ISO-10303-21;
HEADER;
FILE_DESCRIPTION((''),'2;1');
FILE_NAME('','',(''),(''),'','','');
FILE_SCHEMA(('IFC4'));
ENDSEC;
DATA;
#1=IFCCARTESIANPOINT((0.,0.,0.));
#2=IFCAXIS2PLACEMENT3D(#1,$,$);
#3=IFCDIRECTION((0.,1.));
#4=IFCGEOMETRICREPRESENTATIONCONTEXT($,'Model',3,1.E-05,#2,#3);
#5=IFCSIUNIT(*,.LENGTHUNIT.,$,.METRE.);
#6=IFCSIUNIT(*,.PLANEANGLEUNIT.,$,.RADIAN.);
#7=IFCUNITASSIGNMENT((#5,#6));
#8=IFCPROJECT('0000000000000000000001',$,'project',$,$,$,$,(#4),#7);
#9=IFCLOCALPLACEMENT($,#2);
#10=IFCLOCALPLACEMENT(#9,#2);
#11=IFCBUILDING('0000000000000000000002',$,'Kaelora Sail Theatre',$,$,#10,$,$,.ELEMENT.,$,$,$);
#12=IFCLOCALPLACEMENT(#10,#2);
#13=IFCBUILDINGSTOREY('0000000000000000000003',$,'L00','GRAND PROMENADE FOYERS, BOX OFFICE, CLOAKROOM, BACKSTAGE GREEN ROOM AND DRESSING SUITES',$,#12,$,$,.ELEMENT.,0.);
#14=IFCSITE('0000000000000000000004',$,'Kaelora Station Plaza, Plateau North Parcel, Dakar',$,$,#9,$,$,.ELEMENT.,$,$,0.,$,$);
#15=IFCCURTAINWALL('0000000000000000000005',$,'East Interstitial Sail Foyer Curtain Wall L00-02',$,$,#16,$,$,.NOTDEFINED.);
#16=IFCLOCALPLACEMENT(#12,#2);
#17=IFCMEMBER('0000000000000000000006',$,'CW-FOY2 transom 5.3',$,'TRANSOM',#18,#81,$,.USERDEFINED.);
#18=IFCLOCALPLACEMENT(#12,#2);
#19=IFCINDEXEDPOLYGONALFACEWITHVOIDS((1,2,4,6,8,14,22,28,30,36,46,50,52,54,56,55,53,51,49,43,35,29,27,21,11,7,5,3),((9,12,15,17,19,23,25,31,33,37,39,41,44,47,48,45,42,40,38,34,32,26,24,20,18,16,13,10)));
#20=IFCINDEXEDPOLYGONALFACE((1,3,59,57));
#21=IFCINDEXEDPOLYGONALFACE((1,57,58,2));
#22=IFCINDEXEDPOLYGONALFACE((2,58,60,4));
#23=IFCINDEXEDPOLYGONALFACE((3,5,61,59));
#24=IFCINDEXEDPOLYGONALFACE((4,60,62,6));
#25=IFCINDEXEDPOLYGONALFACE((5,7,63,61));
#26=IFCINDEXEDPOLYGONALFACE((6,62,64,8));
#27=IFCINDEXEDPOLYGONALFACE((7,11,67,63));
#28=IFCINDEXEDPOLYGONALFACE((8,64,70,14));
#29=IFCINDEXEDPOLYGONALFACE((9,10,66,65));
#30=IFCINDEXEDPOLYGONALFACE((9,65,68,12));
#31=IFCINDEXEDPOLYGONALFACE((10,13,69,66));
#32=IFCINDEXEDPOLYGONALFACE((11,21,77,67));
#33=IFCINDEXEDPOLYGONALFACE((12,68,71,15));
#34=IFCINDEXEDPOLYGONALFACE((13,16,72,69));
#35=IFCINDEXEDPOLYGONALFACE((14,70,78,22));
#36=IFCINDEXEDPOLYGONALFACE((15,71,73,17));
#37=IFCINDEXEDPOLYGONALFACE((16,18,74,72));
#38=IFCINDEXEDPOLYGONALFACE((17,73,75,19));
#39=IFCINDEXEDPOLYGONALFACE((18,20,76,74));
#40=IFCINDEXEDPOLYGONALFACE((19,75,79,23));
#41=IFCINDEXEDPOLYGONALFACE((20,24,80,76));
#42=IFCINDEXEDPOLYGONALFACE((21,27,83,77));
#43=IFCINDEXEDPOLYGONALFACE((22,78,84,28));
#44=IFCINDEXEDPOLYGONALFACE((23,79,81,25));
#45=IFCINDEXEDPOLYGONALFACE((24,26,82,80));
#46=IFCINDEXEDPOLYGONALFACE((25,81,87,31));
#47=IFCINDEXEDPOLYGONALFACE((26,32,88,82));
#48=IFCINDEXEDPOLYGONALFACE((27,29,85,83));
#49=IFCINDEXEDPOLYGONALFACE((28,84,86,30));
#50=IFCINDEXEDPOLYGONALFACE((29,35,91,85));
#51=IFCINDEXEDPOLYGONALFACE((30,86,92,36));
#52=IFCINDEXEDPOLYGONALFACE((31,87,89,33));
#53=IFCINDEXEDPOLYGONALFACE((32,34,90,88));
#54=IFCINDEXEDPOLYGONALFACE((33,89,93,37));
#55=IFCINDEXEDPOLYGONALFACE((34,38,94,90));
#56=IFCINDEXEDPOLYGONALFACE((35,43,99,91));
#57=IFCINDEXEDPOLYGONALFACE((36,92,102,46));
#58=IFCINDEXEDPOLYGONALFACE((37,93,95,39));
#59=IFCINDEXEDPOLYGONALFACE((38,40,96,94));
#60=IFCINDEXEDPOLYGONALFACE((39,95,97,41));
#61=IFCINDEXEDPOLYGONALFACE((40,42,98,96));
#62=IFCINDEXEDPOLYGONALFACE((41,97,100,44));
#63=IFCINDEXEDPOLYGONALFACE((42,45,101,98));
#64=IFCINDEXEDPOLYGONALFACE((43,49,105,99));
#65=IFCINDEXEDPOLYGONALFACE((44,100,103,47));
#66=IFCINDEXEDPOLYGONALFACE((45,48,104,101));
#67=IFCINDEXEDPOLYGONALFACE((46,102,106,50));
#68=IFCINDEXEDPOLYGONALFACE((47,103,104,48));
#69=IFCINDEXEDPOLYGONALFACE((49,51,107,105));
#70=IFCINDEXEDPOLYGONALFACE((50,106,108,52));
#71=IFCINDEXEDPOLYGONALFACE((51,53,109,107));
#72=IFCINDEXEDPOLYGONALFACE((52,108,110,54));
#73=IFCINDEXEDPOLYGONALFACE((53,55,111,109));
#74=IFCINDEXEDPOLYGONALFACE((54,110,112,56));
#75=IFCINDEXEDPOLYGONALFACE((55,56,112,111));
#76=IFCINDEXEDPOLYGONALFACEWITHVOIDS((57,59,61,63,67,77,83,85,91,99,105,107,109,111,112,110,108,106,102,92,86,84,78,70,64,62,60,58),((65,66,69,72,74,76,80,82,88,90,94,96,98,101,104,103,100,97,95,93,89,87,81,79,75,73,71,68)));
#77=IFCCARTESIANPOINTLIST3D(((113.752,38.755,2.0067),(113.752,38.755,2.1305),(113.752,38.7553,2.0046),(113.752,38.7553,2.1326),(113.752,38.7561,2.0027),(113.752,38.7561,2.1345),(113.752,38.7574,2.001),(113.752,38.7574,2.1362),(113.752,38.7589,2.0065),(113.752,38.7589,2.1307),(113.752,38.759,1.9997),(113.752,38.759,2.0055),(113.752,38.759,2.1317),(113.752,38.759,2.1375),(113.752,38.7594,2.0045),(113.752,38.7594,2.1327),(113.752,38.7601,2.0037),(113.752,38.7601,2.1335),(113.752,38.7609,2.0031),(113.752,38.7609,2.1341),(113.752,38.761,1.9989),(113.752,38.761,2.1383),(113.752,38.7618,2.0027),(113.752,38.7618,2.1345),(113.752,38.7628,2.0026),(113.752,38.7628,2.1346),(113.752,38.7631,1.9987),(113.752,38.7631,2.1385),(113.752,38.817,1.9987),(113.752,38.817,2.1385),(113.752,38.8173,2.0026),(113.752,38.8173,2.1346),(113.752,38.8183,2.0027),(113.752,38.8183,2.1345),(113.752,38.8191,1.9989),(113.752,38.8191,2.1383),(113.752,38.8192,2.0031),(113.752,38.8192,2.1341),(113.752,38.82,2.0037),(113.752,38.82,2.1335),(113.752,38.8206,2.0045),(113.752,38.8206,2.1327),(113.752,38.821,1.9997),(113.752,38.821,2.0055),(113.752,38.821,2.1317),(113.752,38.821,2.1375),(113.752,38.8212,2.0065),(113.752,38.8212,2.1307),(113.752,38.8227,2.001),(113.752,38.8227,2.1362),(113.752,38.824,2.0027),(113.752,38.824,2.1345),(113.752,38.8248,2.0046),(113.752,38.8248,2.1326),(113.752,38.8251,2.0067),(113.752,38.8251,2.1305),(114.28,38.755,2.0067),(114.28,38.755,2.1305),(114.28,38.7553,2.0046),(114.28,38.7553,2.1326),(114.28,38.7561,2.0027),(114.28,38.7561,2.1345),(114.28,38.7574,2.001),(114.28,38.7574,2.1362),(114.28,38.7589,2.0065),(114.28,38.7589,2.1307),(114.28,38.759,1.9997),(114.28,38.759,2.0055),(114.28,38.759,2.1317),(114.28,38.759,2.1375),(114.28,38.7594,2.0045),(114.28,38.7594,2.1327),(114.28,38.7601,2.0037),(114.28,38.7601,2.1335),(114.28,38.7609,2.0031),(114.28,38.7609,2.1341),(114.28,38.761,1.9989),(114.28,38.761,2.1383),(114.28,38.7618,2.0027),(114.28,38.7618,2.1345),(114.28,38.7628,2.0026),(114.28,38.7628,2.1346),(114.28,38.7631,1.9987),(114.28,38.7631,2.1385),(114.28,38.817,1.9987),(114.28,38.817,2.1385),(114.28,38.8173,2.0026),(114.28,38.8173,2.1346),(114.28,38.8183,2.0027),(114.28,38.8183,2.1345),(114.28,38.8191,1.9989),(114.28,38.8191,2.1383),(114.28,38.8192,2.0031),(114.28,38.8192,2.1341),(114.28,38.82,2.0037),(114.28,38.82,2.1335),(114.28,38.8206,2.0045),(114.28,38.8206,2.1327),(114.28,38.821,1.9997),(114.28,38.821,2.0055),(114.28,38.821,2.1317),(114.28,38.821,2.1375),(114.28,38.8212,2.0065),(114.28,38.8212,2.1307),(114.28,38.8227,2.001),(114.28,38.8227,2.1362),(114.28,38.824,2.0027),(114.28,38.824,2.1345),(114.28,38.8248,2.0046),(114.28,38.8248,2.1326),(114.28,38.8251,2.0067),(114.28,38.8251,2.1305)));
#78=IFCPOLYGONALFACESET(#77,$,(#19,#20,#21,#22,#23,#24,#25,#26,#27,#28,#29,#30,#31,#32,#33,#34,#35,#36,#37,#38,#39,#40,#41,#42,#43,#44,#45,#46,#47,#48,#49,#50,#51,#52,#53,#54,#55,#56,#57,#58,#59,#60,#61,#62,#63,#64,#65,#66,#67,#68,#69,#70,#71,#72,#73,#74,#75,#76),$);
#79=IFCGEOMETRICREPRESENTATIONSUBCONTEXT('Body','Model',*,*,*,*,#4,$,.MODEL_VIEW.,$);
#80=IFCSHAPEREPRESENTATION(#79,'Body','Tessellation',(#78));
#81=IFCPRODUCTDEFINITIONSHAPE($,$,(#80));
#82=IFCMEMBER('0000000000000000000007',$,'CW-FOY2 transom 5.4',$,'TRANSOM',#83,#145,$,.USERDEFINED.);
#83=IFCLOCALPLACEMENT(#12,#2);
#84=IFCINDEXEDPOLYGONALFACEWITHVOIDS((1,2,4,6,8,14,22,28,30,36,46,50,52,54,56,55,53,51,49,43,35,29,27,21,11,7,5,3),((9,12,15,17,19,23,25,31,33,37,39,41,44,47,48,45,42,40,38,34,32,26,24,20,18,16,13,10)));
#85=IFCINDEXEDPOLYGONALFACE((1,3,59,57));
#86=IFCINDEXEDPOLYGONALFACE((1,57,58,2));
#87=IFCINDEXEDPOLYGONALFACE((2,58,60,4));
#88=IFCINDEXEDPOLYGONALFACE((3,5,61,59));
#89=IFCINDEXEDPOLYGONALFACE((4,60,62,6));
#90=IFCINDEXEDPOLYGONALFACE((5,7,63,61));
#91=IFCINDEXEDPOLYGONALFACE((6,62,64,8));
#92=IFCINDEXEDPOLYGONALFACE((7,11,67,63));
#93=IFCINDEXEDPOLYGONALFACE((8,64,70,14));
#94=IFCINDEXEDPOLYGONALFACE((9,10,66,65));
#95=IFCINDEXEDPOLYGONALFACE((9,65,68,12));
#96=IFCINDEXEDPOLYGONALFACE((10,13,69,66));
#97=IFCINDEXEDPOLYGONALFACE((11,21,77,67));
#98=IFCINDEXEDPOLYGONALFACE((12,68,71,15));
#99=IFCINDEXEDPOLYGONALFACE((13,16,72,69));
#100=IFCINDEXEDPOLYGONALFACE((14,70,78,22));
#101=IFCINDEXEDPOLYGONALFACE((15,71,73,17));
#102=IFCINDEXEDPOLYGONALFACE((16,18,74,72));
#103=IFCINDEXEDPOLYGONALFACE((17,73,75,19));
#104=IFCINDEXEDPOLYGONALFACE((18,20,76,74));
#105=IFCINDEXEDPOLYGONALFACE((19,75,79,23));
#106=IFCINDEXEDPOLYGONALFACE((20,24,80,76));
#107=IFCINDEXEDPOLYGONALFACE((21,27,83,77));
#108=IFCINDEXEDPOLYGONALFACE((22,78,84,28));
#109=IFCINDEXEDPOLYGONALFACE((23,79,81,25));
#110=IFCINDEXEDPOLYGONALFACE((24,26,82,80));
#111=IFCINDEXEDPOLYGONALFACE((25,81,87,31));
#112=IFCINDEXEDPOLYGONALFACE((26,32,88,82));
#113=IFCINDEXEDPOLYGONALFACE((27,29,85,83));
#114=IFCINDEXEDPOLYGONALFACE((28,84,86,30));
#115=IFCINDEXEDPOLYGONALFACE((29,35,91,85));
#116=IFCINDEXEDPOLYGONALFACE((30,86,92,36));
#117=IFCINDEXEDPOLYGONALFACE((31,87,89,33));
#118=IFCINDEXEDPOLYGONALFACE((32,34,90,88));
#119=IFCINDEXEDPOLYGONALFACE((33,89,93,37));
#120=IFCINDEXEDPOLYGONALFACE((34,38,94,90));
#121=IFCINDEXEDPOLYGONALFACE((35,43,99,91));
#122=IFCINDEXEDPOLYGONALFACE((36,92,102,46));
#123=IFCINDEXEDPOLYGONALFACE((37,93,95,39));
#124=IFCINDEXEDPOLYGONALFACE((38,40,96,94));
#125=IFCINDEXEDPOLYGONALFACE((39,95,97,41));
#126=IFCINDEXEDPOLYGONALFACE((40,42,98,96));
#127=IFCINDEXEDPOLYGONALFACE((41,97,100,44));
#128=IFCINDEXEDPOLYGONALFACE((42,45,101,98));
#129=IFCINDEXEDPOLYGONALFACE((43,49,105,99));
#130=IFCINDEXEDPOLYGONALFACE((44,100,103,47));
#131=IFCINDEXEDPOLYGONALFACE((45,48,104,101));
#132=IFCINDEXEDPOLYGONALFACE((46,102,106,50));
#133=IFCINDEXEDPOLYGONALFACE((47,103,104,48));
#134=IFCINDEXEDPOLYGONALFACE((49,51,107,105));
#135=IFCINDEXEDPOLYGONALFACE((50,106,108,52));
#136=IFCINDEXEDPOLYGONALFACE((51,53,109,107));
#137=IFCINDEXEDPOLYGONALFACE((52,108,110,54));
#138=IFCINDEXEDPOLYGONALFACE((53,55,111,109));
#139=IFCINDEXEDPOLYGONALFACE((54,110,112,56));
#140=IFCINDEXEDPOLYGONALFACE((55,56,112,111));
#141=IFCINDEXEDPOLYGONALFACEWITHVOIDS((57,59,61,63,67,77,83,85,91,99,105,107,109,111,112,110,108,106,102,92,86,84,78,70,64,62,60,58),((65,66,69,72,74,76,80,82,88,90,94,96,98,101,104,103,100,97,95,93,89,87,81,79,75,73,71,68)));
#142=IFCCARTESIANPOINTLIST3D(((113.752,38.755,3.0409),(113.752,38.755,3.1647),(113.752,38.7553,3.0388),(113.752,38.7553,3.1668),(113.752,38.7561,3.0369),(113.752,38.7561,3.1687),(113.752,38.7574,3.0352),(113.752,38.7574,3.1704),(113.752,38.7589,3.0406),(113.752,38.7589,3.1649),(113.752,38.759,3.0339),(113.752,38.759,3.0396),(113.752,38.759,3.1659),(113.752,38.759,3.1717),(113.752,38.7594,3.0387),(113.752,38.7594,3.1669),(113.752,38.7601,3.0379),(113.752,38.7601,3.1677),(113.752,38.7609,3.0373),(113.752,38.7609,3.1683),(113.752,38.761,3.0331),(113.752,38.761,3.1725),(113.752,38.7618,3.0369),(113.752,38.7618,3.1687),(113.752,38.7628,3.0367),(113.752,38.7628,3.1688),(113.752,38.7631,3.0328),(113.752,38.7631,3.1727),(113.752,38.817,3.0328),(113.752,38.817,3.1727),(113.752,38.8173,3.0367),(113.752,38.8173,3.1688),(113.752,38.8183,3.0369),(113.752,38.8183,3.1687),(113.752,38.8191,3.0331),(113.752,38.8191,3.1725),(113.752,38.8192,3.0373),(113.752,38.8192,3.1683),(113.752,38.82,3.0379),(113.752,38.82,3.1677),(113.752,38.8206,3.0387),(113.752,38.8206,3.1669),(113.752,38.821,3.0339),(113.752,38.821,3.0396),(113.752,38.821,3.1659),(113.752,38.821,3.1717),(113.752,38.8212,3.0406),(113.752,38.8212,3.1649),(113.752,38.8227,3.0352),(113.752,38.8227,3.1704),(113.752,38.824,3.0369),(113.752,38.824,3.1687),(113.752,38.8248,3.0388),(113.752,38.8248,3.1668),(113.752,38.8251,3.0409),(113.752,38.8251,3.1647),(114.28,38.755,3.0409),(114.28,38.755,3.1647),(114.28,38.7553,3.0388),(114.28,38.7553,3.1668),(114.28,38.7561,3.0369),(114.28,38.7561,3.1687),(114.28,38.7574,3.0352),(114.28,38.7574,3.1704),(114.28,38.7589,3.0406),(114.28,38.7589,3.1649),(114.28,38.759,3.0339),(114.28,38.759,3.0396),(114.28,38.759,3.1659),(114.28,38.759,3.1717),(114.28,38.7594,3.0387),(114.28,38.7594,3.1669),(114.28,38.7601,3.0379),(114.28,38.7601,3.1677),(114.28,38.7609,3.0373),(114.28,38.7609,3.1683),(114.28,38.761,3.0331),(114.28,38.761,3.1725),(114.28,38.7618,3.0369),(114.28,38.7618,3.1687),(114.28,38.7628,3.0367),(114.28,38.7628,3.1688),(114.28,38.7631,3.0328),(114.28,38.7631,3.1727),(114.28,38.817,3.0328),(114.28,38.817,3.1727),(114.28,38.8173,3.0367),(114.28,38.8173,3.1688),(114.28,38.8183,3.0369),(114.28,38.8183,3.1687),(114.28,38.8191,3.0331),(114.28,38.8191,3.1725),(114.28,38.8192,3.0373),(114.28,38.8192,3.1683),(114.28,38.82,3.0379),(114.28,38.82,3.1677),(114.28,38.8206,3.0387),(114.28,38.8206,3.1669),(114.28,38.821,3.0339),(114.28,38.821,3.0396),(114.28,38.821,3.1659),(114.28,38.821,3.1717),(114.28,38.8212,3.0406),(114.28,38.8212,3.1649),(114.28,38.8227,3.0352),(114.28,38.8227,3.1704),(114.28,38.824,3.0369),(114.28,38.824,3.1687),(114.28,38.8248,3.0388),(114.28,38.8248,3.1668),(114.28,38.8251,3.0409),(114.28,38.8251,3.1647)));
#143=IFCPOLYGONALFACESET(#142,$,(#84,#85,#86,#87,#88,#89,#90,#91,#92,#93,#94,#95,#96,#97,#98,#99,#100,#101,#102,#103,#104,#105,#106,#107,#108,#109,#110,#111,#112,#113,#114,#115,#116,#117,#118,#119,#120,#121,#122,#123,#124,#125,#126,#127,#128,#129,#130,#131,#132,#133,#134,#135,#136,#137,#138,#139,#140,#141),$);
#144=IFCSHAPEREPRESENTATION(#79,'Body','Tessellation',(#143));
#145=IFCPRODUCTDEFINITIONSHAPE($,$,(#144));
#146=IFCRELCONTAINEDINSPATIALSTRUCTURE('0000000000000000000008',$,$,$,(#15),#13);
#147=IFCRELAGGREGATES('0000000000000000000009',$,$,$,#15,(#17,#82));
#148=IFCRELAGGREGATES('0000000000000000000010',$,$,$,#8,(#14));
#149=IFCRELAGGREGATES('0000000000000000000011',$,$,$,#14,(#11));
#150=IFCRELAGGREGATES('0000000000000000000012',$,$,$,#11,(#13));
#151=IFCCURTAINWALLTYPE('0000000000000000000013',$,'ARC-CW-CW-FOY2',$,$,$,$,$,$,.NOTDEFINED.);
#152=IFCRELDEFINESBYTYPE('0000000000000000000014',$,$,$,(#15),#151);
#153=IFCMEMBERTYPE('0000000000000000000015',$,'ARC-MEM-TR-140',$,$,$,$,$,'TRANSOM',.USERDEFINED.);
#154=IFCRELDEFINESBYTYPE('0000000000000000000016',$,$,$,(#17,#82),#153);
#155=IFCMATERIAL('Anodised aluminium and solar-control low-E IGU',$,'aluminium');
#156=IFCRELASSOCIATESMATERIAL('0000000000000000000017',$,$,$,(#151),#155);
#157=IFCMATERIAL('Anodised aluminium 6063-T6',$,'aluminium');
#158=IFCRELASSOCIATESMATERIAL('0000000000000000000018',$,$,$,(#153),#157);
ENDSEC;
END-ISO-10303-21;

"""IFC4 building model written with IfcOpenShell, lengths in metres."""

from ifc_helpers import new_model, si_unit, direction, frame, origin, origin_2d, place, context, subcontext, project, spatial, hollow_rectangle, extrude, material, material_profile, profile_set, type_object, element, aggregate, save


model = new_model("IFC4")

# Units and contexts
model_context = context("Model", 3, precision=1e-05, world=origin(), true_north=direction((0.0, 1.0)))
body_context = subcontext(model_context, "Body", "Model", "MODEL_VIEW")
ifc_project = project(units=[si_unit("LENGTHUNIT", "METRE"), si_unit("PLANEANGLEUNIT", "RADIAN")], contexts=[model_context])

# Site, building, storey
site_placement = place(None, origin())
site = spatial("IfcSite", under=ifc_project, at=site_placement, Name="Kaelora Station Plaza, Plateau North Parcel, Dakar", CompositionType="ELEMENT", RefElevation=0.0)
building_placement = place(site_placement, origin())
building = spatial("IfcBuilding", under=site, at=building_placement, Name="Kaelora Sail Theatre", CompositionType="ELEMENT")
storey_placement = place(building_placement, origin())
storey = spatial("IfcBuildingStorey", under=building, at=storey_placement, Name="L00", Description="GRAND PROMENADE FOYERS, BOX OFFICE, CLOAKROOM, BACKSTAGE GREEN ROOM AND DRESSING SUITES", CompositionType="ELEMENT", Elevation=0.0)

# Curtain wall, members
ifc_material_1 = material(Name="Anodised aluminium and solar-control low-E IGU", Category="aluminium")
curtain_wall_type = type_object("IfcCurtainWallType", Name="ARC-CW-CW-FOY2", PredefinedType="NOTDEFINED", material=ifc_material_1)
curtain_wall_placement = place(storey_placement, origin())
curtain_wall = element("IfcCurtainWall", 1, at=curtain_wall_placement, inside=storey, type_object=curtain_wall_type, Name="East Interstitial Sail Foyer Curtain Wall L00-02", PredefinedType="NOTDEFINED")
ifc_material_2 = material(Name="Anodised aluminium 6063-T6", Category="aluminium")
ifc_material_profile_1 = material_profile(ifc_material_2, hollow_rectangle(XDim=0.0701, YDim=0.1399, WallThickness=0.0039, InnerFilletRadius=0.0039, OuterFilletRadius=0.0081, at=origin_2d()), Name="ALU-TRAN 70x140x4")
ifc_profile_set_1 = profile_set([ifc_material_profile_1], Name="Anodised aluminium 6063-T6")
member_type_1 = type_object("IfcMemberType", Name="ARC-MEM-TR-140", ElementType="TRANSOM", PredefinedType="USERDEFINED", material=ifc_profile_set_1)
member_1_placement = place(storey_placement, frame((113.752, 38.79, 2.0686), z_axis=(1.0, 0.0, 0.0), x_axis=(0.0, 1.0, 0.0)))
member_1 = element("IfcMember", 2, at=member_1_placement, type_object=member_type_1, Name="CW-FOY2 transom 5.3", ObjectType="TRANSOM", PredefinedType="USERDEFINED", context=body_context, shape_type="SweptSolid", body=[
    extrude(hollow_rectangle(XDim=0.0701, YDim=0.1399, WallThickness=0.0039, InnerFilletRadius=0.0039, OuterFilletRadius=0.0081, at=origin_2d()), origin(), (0.0, 0.0, 1.0), 0.5281),
])
member_2_placement = place(storey_placement, frame((113.752, 38.79, 3.1028), z_axis=(1.0, 0.0, 0.0), x_axis=(0.0, 1.0, 0.0)))
member_2 = element("IfcMember", 3, at=member_2_placement, type_object=member_type_1, Name="CW-FOY2 transom 5.4", ObjectType="TRANSOM", PredefinedType="USERDEFINED", context=body_context, shape_type="SweptSolid", body=[
    extrude(hollow_rectangle(XDim=0.0701, YDim=0.1399, WallThickness=0.0039, InnerFilletRadius=0.0039, OuterFilletRadius=0.0081, at=origin_2d()), origin(), (0.0, 0.0, 1.0), 0.5281),
])
aggregate(curtain_wall, [member_1, member_2])

save(model, "model.ifc")
